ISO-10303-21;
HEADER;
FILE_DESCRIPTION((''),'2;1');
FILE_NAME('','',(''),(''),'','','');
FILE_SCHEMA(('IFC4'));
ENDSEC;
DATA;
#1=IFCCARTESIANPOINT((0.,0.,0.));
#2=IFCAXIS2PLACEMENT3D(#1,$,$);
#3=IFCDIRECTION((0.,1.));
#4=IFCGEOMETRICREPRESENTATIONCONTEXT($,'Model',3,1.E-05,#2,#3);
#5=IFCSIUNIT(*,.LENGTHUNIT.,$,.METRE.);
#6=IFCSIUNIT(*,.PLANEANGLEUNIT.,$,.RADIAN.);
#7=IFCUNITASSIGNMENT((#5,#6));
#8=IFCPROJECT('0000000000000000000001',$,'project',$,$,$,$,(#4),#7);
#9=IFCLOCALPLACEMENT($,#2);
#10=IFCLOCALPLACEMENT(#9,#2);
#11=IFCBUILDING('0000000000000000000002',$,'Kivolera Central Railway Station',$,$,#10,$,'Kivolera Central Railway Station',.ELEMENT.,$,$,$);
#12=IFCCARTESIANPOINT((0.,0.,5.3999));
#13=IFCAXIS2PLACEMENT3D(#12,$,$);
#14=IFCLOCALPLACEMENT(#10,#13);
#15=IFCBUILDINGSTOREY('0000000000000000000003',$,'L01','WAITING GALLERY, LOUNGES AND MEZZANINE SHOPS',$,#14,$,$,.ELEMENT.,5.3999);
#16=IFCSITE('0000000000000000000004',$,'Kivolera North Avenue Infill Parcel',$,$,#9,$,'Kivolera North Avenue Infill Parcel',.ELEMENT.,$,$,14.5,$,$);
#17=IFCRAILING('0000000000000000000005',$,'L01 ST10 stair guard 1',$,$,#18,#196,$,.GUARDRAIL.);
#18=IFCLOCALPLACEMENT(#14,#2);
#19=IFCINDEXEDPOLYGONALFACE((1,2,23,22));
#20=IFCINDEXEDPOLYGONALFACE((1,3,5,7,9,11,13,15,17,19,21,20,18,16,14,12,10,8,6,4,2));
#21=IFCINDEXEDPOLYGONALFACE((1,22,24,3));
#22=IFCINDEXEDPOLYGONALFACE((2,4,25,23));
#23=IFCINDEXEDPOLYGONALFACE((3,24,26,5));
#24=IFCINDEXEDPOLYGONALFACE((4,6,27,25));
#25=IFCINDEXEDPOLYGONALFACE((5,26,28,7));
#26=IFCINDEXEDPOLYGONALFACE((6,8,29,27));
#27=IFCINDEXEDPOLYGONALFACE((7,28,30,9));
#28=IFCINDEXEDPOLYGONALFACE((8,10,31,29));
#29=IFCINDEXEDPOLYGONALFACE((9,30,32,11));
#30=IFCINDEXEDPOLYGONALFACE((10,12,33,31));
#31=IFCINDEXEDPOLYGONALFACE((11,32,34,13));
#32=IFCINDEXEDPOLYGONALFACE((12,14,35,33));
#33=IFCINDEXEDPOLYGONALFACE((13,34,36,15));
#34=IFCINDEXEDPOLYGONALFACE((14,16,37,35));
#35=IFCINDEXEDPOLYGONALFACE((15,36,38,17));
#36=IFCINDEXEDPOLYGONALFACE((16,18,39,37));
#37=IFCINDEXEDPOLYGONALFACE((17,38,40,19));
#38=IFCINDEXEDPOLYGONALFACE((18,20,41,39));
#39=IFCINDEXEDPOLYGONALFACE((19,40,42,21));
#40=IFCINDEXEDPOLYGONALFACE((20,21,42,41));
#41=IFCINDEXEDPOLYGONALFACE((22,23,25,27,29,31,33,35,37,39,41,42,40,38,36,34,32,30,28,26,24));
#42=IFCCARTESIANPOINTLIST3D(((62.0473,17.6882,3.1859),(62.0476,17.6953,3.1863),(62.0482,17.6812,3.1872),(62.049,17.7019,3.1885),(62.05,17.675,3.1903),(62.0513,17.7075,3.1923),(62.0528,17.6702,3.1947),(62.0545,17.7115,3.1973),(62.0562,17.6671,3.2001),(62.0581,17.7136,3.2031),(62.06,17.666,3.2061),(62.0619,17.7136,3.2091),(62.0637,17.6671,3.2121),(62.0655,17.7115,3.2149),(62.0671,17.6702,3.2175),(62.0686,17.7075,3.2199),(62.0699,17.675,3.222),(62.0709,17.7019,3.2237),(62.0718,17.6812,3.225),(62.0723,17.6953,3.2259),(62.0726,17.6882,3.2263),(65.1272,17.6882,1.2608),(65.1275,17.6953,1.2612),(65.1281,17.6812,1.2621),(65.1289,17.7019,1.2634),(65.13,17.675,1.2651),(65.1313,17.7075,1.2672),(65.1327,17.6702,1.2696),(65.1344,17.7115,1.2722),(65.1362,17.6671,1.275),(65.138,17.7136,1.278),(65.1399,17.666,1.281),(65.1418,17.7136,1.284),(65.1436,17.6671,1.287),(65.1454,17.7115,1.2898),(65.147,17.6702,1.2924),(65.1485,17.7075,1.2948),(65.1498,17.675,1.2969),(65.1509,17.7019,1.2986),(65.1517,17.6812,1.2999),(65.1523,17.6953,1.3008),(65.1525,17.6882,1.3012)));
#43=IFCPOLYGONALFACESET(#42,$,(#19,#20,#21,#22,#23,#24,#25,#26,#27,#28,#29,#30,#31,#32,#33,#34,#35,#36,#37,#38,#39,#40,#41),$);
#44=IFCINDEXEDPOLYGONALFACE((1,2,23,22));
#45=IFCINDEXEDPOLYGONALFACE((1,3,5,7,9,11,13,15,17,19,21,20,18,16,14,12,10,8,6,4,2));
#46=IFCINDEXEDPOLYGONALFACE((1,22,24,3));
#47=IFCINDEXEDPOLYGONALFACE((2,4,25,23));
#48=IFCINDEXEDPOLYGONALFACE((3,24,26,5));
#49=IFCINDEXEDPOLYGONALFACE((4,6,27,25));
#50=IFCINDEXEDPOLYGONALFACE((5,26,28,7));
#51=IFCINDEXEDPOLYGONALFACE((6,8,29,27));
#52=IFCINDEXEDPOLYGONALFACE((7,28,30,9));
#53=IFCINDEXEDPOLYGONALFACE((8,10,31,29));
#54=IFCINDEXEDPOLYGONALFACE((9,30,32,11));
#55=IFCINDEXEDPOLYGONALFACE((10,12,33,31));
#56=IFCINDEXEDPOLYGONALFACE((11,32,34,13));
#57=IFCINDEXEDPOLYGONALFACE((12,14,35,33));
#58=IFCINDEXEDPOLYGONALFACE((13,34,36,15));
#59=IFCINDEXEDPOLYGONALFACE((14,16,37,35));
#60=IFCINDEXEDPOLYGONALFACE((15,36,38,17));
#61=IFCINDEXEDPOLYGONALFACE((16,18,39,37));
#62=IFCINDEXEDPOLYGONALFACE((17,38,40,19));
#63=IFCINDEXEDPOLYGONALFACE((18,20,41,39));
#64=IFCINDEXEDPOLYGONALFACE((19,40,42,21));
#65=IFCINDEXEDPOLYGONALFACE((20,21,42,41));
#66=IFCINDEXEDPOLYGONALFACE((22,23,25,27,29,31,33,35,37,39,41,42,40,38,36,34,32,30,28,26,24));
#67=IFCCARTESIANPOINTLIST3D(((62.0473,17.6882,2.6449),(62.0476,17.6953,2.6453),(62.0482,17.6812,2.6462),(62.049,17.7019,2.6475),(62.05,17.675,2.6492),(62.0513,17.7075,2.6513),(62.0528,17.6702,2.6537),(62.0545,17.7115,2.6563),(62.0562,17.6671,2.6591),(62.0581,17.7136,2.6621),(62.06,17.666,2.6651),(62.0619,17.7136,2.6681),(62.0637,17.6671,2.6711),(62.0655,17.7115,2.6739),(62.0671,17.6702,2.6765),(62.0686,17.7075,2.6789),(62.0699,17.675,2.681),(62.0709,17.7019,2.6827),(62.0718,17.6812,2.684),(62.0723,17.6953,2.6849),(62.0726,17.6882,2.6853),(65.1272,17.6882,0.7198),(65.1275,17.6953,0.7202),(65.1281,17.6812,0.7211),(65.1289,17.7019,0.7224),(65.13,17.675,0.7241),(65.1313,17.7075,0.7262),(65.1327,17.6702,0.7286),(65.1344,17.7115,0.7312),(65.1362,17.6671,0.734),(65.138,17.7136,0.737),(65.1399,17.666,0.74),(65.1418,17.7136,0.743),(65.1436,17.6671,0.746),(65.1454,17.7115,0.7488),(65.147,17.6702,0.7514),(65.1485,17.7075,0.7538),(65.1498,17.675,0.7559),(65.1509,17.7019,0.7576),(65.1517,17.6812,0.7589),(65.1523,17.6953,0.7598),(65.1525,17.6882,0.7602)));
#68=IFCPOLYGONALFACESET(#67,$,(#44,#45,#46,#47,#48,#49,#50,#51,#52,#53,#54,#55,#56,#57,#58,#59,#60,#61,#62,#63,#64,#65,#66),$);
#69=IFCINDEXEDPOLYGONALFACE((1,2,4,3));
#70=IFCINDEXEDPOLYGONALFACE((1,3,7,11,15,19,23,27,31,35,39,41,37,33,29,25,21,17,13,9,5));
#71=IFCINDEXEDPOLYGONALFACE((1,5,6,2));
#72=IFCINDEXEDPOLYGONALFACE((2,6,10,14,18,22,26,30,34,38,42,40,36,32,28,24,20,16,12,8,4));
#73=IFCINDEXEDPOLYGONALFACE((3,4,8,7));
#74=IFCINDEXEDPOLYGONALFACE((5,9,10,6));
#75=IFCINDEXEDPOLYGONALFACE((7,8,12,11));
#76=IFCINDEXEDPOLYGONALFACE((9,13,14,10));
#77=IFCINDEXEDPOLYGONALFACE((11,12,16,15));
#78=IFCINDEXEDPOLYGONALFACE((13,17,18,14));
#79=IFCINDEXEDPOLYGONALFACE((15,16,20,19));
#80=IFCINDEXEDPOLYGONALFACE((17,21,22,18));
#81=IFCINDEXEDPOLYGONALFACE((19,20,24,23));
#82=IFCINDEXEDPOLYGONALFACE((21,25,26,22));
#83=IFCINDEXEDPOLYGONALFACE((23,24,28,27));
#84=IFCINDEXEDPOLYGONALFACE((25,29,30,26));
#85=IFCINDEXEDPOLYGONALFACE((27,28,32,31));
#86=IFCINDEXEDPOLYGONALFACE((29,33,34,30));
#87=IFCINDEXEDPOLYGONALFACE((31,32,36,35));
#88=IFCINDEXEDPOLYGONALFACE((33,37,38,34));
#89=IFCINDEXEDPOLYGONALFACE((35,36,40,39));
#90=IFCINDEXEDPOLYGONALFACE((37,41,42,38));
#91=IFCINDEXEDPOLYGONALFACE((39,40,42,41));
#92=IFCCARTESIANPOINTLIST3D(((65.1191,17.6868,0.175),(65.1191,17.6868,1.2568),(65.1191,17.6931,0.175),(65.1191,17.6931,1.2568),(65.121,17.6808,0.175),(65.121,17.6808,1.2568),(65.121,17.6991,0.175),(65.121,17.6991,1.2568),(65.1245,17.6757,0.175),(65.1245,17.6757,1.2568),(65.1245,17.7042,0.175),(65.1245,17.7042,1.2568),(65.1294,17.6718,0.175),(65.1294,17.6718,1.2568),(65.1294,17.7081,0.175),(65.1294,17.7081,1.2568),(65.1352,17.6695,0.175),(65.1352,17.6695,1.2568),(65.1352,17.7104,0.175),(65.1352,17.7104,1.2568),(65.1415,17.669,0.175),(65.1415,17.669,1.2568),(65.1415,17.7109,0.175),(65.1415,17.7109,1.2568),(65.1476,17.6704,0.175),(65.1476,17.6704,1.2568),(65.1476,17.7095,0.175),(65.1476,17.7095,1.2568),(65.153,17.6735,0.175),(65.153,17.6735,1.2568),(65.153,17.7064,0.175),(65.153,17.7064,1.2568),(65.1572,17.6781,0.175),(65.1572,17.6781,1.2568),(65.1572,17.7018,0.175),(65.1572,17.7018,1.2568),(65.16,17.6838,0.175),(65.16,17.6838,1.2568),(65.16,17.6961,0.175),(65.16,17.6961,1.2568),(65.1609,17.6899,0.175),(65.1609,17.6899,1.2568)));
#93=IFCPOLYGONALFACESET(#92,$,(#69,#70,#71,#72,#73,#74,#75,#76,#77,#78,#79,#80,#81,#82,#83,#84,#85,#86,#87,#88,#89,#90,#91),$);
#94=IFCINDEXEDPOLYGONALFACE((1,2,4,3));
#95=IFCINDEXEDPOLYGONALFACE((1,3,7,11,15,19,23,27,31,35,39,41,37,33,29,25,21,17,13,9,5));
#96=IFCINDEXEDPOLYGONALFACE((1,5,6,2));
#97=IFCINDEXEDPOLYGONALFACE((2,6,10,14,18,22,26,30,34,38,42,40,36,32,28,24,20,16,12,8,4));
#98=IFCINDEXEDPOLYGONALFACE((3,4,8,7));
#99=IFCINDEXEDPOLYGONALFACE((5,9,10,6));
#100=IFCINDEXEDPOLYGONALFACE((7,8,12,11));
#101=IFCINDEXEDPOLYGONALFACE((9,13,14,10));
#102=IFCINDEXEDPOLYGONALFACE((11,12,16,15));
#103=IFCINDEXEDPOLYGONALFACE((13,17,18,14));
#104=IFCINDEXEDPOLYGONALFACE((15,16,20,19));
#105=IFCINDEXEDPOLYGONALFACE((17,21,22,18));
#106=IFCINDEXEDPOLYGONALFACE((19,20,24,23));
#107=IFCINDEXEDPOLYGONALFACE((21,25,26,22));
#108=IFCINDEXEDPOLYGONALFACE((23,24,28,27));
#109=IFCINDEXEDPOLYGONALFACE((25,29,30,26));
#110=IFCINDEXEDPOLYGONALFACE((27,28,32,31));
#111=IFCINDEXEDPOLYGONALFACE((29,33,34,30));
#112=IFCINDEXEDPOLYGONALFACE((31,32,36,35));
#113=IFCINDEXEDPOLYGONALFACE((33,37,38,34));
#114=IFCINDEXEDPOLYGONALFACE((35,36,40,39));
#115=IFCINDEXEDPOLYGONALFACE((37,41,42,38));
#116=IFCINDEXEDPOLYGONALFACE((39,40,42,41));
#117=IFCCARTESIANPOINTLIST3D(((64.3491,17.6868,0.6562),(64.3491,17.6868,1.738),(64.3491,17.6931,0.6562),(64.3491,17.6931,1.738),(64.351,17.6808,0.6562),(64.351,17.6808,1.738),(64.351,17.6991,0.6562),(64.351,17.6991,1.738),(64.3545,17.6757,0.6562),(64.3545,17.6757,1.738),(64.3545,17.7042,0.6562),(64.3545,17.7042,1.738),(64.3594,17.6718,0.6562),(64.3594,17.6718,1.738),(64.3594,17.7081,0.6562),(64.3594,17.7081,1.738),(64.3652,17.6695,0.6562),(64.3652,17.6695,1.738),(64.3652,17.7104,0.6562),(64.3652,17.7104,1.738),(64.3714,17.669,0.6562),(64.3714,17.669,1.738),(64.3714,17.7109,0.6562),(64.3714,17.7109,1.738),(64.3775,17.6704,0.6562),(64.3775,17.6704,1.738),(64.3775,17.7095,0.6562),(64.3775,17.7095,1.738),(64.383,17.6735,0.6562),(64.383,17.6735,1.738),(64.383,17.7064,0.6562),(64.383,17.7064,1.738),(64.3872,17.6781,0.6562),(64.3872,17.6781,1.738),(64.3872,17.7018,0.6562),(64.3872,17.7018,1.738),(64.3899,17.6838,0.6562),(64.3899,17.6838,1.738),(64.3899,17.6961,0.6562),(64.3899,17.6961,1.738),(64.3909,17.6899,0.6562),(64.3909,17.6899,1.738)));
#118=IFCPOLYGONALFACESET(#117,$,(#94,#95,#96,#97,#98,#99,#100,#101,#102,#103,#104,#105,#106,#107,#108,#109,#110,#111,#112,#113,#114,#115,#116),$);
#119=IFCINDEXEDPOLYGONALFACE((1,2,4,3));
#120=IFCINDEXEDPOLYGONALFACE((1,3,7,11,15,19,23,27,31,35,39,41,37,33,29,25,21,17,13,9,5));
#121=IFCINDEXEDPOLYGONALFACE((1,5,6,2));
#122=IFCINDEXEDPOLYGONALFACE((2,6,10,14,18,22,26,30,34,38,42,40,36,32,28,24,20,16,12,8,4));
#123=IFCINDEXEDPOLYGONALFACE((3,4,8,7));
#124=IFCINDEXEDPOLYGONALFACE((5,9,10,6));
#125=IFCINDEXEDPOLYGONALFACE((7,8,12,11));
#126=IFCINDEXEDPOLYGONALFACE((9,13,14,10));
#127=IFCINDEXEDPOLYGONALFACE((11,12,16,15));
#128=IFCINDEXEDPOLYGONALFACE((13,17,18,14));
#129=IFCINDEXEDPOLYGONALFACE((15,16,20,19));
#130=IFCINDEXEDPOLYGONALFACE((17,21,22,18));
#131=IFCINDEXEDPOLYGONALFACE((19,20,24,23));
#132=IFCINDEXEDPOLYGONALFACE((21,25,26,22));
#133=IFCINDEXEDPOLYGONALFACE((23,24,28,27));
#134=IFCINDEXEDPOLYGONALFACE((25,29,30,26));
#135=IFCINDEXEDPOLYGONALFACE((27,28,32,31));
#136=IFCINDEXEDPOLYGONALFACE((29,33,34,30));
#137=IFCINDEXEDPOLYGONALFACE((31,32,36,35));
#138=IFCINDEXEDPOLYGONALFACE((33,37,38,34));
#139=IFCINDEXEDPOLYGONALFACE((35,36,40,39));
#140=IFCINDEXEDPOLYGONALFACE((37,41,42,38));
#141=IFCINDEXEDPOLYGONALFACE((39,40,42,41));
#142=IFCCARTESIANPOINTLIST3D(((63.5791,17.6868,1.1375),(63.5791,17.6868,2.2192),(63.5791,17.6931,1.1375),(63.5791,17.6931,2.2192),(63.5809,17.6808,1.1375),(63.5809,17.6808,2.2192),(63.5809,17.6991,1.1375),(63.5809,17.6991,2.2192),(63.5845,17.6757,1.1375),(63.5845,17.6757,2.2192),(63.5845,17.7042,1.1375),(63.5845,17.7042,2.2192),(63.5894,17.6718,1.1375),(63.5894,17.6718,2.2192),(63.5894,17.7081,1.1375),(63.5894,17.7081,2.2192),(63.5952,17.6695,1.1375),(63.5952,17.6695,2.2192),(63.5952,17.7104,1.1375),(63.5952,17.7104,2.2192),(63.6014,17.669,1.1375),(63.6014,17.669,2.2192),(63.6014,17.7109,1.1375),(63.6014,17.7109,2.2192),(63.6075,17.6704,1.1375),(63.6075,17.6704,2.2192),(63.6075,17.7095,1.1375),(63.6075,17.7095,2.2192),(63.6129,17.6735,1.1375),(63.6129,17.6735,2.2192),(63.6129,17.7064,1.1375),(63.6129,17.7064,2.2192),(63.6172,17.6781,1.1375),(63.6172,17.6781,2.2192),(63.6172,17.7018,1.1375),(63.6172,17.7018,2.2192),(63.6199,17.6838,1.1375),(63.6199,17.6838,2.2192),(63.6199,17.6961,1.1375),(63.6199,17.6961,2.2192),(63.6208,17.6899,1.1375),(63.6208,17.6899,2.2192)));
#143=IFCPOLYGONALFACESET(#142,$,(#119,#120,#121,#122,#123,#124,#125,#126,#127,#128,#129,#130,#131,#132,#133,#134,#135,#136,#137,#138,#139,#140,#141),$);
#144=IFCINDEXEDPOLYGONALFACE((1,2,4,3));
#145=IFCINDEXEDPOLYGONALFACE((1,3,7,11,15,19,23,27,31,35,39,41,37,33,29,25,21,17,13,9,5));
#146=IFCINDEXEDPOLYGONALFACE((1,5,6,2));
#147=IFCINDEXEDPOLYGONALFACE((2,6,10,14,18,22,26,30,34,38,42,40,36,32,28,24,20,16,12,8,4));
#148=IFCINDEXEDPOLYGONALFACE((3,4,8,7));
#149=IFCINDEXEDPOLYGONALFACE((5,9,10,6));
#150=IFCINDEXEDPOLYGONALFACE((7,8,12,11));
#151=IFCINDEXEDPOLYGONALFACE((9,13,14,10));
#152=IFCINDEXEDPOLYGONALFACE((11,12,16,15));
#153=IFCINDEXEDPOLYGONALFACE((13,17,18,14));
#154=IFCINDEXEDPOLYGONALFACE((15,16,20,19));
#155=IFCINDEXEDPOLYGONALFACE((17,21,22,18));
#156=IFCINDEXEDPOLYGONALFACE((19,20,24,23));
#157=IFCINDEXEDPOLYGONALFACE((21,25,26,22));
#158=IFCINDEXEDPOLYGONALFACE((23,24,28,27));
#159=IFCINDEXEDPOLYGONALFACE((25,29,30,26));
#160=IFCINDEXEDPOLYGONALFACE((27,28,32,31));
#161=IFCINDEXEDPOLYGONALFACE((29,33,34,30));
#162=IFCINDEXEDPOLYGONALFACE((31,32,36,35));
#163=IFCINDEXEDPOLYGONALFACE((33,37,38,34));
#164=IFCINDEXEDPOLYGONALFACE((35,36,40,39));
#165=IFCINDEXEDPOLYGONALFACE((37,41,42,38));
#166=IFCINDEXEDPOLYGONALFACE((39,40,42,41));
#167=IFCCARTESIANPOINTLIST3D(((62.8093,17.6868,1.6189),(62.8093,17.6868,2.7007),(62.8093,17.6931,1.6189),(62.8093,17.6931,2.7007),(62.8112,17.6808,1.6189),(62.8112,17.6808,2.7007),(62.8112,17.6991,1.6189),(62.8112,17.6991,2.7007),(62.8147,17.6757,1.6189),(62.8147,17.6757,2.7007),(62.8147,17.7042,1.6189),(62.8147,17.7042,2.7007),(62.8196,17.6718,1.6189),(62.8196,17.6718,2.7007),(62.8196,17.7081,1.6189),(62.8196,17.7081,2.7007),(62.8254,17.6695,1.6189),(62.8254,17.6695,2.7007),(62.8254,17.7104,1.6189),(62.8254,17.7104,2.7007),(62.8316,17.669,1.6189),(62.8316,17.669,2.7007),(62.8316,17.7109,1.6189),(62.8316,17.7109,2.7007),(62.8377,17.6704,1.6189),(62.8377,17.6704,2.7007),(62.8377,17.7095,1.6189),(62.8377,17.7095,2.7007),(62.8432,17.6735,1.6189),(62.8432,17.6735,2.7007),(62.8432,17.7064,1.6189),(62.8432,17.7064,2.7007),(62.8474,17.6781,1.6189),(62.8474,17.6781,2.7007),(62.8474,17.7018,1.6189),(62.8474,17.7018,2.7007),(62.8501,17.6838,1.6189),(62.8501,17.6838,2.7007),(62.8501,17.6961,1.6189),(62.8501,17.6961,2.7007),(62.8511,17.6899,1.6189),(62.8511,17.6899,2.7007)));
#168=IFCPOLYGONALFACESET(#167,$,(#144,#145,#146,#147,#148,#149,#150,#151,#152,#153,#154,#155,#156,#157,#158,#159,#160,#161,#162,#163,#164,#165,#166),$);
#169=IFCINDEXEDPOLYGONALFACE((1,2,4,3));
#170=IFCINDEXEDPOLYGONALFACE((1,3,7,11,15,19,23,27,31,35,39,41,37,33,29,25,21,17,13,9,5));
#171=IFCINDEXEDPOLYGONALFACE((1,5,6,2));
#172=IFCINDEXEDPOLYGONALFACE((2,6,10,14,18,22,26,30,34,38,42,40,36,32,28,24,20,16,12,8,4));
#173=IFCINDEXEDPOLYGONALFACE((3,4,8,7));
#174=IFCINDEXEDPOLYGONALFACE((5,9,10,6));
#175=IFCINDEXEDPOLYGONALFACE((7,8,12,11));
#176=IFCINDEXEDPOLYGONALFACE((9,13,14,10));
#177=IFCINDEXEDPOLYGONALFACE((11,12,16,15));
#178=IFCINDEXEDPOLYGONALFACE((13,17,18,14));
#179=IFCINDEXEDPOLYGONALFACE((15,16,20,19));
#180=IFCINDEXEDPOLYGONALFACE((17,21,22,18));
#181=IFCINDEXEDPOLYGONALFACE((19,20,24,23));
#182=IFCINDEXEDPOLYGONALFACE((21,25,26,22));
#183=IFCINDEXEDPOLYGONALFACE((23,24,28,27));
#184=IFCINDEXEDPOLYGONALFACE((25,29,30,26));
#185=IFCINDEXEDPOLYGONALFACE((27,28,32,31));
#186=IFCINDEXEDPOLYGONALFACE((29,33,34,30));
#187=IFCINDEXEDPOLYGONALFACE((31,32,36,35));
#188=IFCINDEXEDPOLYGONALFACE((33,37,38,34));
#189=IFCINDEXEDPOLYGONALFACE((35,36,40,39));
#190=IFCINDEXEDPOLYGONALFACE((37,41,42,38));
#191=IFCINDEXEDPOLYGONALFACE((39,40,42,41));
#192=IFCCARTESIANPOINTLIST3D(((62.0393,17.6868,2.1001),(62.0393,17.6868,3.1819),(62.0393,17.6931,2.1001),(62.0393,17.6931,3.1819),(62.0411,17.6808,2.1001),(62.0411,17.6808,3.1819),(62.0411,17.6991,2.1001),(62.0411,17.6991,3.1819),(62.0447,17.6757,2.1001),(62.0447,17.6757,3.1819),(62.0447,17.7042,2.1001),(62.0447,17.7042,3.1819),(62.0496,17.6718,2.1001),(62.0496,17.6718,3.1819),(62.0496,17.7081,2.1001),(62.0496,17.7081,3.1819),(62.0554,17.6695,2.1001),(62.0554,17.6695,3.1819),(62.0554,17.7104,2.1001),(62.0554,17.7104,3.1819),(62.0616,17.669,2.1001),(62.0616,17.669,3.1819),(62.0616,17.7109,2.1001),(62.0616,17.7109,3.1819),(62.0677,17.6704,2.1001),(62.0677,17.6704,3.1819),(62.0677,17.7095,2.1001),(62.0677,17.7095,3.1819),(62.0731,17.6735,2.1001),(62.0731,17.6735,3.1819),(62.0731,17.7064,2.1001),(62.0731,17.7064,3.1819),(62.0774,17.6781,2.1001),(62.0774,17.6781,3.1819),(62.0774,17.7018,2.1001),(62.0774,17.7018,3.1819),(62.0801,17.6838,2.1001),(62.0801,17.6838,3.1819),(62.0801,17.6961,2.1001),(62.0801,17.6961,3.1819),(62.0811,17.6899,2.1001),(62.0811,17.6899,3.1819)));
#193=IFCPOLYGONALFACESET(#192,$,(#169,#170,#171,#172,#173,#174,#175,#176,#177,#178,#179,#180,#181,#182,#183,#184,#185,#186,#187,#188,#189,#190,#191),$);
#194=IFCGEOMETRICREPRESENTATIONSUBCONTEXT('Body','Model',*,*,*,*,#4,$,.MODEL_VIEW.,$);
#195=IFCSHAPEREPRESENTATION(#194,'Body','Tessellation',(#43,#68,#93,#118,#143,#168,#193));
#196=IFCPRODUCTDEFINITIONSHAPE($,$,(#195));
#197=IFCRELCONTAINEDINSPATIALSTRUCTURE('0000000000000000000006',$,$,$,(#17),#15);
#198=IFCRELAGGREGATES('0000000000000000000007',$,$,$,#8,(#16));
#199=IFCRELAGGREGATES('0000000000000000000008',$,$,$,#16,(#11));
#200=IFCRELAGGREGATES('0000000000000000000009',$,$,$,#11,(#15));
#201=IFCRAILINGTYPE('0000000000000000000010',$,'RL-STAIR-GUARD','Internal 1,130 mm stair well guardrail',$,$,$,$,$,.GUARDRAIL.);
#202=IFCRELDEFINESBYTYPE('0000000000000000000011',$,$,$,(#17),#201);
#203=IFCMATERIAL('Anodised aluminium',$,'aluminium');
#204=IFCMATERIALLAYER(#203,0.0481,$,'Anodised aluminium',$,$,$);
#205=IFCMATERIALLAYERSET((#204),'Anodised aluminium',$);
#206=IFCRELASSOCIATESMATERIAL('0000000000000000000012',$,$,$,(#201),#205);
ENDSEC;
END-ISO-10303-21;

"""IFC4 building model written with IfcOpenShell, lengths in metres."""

from ifc_helpers import new_model, si_unit, direction, frame, origin, origin_2d, place, context, subcontext, project, spatial, circle, extrude, material, layer, layer_set, type_object, element, save


model = new_model("IFC4")

# Units and contexts
model_context = context("Model", 3, precision=1e-05, world=origin(), true_north=direction((0.0, 1.0)))
body_context = subcontext(model_context, "Body", "Model", "MODEL_VIEW")
ifc_project = project(units=[si_unit("LENGTHUNIT", "METRE"), si_unit("PLANEANGLEUNIT", "RADIAN")], contexts=[model_context])

# Site, building, storey
site_placement = place(None, origin())
site = spatial("IfcSite", under=ifc_project, at=site_placement, Name="Kivolera North Avenue Infill Parcel", LongName="Kivolera North Avenue Infill Parcel", CompositionType="ELEMENT", RefElevation=14.5)
building_placement = place(site_placement, origin())
building = spatial("IfcBuilding", under=site, at=building_placement, Name="Kivolera Central Railway Station", LongName="Kivolera Central Railway Station", CompositionType="ELEMENT")
storey_placement = place(building_placement, frame((0.0, 0.0, 5.3999)))
storey = spatial("IfcBuildingStorey", under=building, at=storey_placement, Name="L01", Description="WAITING GALLERY, LOUNGES AND MEZZANINE SHOPS", CompositionType="ELEMENT", Elevation=5.3999)

# Railing
ifc_material_1 = material(Name="Anodised aluminium", Category="aluminium")
ifc_layer_1 = layer(ifc_material_1, 0.0481, Name="Anodised aluminium")
ifc_layer_set_1 = layer_set([ifc_layer_1], Name="Anodised aluminium")
railing_type_1 = type_object("IfcRailingType", Name="RL-STAIR-GUARD", Description="Internal 1,130 mm stair well guardrail", PredefinedType="GUARDRAIL", material=ifc_layer_set_1)
railing_1_placement = place(storey_placement, frame((65.1399, 17.6899, 0.175)))
element("IfcRailing", 1, at=railing_1_placement, inside=storey, type_object=railing_type_1, Name="L01 ST10 stair guard 1", PredefinedType="GUARDRAIL", context=body_context, shape_type="SweptSolid", body=[
    extrude(circle(Radius=0.0239, at=origin_2d()), frame((0.0, 0.0, 1.106), z_axis=(-0.847979, 0.0, 0.530029), x_axis=(0.0, -1.0, 0.0)), (0.0, 0.0, 1.0), 3.6321),
    extrude(circle(Radius=0.0239, at=origin_2d()), frame((0.0, 0.0, 0.5649), z_axis=(-0.847979, 0.0, 0.530029), x_axis=(0.0, -1.0, 0.0)), (0.0, 0.0, 1.0), 3.6321),
    extrude(circle(Radius=0.021, at=origin_2d()), origin(), (0.0, 0.0, 1.0), 1.0818),
    extrude(circle(Radius=0.021, at=origin_2d()), frame((-0.77, 0.0, 0.4812)), (0.0, 0.0, 1.0), 1.0818),
    extrude(circle(Radius=0.021, at=origin_2d()), frame((-1.54, 0.0, 0.9624)), (0.0, 0.0, 1.0), 1.0818),
    extrude(circle(Radius=0.021, at=origin_2d()), frame((-2.3098, 0.0, 1.4438)), (0.0, 0.0, 1.0), 1.0818),
    extrude(circle(Radius=0.021, at=origin_2d()), frame((-3.0798, 0.0, 1.925)), (0.0, 0.0, 1.0), 1.0818),
])

save(model, "model.ifc")
